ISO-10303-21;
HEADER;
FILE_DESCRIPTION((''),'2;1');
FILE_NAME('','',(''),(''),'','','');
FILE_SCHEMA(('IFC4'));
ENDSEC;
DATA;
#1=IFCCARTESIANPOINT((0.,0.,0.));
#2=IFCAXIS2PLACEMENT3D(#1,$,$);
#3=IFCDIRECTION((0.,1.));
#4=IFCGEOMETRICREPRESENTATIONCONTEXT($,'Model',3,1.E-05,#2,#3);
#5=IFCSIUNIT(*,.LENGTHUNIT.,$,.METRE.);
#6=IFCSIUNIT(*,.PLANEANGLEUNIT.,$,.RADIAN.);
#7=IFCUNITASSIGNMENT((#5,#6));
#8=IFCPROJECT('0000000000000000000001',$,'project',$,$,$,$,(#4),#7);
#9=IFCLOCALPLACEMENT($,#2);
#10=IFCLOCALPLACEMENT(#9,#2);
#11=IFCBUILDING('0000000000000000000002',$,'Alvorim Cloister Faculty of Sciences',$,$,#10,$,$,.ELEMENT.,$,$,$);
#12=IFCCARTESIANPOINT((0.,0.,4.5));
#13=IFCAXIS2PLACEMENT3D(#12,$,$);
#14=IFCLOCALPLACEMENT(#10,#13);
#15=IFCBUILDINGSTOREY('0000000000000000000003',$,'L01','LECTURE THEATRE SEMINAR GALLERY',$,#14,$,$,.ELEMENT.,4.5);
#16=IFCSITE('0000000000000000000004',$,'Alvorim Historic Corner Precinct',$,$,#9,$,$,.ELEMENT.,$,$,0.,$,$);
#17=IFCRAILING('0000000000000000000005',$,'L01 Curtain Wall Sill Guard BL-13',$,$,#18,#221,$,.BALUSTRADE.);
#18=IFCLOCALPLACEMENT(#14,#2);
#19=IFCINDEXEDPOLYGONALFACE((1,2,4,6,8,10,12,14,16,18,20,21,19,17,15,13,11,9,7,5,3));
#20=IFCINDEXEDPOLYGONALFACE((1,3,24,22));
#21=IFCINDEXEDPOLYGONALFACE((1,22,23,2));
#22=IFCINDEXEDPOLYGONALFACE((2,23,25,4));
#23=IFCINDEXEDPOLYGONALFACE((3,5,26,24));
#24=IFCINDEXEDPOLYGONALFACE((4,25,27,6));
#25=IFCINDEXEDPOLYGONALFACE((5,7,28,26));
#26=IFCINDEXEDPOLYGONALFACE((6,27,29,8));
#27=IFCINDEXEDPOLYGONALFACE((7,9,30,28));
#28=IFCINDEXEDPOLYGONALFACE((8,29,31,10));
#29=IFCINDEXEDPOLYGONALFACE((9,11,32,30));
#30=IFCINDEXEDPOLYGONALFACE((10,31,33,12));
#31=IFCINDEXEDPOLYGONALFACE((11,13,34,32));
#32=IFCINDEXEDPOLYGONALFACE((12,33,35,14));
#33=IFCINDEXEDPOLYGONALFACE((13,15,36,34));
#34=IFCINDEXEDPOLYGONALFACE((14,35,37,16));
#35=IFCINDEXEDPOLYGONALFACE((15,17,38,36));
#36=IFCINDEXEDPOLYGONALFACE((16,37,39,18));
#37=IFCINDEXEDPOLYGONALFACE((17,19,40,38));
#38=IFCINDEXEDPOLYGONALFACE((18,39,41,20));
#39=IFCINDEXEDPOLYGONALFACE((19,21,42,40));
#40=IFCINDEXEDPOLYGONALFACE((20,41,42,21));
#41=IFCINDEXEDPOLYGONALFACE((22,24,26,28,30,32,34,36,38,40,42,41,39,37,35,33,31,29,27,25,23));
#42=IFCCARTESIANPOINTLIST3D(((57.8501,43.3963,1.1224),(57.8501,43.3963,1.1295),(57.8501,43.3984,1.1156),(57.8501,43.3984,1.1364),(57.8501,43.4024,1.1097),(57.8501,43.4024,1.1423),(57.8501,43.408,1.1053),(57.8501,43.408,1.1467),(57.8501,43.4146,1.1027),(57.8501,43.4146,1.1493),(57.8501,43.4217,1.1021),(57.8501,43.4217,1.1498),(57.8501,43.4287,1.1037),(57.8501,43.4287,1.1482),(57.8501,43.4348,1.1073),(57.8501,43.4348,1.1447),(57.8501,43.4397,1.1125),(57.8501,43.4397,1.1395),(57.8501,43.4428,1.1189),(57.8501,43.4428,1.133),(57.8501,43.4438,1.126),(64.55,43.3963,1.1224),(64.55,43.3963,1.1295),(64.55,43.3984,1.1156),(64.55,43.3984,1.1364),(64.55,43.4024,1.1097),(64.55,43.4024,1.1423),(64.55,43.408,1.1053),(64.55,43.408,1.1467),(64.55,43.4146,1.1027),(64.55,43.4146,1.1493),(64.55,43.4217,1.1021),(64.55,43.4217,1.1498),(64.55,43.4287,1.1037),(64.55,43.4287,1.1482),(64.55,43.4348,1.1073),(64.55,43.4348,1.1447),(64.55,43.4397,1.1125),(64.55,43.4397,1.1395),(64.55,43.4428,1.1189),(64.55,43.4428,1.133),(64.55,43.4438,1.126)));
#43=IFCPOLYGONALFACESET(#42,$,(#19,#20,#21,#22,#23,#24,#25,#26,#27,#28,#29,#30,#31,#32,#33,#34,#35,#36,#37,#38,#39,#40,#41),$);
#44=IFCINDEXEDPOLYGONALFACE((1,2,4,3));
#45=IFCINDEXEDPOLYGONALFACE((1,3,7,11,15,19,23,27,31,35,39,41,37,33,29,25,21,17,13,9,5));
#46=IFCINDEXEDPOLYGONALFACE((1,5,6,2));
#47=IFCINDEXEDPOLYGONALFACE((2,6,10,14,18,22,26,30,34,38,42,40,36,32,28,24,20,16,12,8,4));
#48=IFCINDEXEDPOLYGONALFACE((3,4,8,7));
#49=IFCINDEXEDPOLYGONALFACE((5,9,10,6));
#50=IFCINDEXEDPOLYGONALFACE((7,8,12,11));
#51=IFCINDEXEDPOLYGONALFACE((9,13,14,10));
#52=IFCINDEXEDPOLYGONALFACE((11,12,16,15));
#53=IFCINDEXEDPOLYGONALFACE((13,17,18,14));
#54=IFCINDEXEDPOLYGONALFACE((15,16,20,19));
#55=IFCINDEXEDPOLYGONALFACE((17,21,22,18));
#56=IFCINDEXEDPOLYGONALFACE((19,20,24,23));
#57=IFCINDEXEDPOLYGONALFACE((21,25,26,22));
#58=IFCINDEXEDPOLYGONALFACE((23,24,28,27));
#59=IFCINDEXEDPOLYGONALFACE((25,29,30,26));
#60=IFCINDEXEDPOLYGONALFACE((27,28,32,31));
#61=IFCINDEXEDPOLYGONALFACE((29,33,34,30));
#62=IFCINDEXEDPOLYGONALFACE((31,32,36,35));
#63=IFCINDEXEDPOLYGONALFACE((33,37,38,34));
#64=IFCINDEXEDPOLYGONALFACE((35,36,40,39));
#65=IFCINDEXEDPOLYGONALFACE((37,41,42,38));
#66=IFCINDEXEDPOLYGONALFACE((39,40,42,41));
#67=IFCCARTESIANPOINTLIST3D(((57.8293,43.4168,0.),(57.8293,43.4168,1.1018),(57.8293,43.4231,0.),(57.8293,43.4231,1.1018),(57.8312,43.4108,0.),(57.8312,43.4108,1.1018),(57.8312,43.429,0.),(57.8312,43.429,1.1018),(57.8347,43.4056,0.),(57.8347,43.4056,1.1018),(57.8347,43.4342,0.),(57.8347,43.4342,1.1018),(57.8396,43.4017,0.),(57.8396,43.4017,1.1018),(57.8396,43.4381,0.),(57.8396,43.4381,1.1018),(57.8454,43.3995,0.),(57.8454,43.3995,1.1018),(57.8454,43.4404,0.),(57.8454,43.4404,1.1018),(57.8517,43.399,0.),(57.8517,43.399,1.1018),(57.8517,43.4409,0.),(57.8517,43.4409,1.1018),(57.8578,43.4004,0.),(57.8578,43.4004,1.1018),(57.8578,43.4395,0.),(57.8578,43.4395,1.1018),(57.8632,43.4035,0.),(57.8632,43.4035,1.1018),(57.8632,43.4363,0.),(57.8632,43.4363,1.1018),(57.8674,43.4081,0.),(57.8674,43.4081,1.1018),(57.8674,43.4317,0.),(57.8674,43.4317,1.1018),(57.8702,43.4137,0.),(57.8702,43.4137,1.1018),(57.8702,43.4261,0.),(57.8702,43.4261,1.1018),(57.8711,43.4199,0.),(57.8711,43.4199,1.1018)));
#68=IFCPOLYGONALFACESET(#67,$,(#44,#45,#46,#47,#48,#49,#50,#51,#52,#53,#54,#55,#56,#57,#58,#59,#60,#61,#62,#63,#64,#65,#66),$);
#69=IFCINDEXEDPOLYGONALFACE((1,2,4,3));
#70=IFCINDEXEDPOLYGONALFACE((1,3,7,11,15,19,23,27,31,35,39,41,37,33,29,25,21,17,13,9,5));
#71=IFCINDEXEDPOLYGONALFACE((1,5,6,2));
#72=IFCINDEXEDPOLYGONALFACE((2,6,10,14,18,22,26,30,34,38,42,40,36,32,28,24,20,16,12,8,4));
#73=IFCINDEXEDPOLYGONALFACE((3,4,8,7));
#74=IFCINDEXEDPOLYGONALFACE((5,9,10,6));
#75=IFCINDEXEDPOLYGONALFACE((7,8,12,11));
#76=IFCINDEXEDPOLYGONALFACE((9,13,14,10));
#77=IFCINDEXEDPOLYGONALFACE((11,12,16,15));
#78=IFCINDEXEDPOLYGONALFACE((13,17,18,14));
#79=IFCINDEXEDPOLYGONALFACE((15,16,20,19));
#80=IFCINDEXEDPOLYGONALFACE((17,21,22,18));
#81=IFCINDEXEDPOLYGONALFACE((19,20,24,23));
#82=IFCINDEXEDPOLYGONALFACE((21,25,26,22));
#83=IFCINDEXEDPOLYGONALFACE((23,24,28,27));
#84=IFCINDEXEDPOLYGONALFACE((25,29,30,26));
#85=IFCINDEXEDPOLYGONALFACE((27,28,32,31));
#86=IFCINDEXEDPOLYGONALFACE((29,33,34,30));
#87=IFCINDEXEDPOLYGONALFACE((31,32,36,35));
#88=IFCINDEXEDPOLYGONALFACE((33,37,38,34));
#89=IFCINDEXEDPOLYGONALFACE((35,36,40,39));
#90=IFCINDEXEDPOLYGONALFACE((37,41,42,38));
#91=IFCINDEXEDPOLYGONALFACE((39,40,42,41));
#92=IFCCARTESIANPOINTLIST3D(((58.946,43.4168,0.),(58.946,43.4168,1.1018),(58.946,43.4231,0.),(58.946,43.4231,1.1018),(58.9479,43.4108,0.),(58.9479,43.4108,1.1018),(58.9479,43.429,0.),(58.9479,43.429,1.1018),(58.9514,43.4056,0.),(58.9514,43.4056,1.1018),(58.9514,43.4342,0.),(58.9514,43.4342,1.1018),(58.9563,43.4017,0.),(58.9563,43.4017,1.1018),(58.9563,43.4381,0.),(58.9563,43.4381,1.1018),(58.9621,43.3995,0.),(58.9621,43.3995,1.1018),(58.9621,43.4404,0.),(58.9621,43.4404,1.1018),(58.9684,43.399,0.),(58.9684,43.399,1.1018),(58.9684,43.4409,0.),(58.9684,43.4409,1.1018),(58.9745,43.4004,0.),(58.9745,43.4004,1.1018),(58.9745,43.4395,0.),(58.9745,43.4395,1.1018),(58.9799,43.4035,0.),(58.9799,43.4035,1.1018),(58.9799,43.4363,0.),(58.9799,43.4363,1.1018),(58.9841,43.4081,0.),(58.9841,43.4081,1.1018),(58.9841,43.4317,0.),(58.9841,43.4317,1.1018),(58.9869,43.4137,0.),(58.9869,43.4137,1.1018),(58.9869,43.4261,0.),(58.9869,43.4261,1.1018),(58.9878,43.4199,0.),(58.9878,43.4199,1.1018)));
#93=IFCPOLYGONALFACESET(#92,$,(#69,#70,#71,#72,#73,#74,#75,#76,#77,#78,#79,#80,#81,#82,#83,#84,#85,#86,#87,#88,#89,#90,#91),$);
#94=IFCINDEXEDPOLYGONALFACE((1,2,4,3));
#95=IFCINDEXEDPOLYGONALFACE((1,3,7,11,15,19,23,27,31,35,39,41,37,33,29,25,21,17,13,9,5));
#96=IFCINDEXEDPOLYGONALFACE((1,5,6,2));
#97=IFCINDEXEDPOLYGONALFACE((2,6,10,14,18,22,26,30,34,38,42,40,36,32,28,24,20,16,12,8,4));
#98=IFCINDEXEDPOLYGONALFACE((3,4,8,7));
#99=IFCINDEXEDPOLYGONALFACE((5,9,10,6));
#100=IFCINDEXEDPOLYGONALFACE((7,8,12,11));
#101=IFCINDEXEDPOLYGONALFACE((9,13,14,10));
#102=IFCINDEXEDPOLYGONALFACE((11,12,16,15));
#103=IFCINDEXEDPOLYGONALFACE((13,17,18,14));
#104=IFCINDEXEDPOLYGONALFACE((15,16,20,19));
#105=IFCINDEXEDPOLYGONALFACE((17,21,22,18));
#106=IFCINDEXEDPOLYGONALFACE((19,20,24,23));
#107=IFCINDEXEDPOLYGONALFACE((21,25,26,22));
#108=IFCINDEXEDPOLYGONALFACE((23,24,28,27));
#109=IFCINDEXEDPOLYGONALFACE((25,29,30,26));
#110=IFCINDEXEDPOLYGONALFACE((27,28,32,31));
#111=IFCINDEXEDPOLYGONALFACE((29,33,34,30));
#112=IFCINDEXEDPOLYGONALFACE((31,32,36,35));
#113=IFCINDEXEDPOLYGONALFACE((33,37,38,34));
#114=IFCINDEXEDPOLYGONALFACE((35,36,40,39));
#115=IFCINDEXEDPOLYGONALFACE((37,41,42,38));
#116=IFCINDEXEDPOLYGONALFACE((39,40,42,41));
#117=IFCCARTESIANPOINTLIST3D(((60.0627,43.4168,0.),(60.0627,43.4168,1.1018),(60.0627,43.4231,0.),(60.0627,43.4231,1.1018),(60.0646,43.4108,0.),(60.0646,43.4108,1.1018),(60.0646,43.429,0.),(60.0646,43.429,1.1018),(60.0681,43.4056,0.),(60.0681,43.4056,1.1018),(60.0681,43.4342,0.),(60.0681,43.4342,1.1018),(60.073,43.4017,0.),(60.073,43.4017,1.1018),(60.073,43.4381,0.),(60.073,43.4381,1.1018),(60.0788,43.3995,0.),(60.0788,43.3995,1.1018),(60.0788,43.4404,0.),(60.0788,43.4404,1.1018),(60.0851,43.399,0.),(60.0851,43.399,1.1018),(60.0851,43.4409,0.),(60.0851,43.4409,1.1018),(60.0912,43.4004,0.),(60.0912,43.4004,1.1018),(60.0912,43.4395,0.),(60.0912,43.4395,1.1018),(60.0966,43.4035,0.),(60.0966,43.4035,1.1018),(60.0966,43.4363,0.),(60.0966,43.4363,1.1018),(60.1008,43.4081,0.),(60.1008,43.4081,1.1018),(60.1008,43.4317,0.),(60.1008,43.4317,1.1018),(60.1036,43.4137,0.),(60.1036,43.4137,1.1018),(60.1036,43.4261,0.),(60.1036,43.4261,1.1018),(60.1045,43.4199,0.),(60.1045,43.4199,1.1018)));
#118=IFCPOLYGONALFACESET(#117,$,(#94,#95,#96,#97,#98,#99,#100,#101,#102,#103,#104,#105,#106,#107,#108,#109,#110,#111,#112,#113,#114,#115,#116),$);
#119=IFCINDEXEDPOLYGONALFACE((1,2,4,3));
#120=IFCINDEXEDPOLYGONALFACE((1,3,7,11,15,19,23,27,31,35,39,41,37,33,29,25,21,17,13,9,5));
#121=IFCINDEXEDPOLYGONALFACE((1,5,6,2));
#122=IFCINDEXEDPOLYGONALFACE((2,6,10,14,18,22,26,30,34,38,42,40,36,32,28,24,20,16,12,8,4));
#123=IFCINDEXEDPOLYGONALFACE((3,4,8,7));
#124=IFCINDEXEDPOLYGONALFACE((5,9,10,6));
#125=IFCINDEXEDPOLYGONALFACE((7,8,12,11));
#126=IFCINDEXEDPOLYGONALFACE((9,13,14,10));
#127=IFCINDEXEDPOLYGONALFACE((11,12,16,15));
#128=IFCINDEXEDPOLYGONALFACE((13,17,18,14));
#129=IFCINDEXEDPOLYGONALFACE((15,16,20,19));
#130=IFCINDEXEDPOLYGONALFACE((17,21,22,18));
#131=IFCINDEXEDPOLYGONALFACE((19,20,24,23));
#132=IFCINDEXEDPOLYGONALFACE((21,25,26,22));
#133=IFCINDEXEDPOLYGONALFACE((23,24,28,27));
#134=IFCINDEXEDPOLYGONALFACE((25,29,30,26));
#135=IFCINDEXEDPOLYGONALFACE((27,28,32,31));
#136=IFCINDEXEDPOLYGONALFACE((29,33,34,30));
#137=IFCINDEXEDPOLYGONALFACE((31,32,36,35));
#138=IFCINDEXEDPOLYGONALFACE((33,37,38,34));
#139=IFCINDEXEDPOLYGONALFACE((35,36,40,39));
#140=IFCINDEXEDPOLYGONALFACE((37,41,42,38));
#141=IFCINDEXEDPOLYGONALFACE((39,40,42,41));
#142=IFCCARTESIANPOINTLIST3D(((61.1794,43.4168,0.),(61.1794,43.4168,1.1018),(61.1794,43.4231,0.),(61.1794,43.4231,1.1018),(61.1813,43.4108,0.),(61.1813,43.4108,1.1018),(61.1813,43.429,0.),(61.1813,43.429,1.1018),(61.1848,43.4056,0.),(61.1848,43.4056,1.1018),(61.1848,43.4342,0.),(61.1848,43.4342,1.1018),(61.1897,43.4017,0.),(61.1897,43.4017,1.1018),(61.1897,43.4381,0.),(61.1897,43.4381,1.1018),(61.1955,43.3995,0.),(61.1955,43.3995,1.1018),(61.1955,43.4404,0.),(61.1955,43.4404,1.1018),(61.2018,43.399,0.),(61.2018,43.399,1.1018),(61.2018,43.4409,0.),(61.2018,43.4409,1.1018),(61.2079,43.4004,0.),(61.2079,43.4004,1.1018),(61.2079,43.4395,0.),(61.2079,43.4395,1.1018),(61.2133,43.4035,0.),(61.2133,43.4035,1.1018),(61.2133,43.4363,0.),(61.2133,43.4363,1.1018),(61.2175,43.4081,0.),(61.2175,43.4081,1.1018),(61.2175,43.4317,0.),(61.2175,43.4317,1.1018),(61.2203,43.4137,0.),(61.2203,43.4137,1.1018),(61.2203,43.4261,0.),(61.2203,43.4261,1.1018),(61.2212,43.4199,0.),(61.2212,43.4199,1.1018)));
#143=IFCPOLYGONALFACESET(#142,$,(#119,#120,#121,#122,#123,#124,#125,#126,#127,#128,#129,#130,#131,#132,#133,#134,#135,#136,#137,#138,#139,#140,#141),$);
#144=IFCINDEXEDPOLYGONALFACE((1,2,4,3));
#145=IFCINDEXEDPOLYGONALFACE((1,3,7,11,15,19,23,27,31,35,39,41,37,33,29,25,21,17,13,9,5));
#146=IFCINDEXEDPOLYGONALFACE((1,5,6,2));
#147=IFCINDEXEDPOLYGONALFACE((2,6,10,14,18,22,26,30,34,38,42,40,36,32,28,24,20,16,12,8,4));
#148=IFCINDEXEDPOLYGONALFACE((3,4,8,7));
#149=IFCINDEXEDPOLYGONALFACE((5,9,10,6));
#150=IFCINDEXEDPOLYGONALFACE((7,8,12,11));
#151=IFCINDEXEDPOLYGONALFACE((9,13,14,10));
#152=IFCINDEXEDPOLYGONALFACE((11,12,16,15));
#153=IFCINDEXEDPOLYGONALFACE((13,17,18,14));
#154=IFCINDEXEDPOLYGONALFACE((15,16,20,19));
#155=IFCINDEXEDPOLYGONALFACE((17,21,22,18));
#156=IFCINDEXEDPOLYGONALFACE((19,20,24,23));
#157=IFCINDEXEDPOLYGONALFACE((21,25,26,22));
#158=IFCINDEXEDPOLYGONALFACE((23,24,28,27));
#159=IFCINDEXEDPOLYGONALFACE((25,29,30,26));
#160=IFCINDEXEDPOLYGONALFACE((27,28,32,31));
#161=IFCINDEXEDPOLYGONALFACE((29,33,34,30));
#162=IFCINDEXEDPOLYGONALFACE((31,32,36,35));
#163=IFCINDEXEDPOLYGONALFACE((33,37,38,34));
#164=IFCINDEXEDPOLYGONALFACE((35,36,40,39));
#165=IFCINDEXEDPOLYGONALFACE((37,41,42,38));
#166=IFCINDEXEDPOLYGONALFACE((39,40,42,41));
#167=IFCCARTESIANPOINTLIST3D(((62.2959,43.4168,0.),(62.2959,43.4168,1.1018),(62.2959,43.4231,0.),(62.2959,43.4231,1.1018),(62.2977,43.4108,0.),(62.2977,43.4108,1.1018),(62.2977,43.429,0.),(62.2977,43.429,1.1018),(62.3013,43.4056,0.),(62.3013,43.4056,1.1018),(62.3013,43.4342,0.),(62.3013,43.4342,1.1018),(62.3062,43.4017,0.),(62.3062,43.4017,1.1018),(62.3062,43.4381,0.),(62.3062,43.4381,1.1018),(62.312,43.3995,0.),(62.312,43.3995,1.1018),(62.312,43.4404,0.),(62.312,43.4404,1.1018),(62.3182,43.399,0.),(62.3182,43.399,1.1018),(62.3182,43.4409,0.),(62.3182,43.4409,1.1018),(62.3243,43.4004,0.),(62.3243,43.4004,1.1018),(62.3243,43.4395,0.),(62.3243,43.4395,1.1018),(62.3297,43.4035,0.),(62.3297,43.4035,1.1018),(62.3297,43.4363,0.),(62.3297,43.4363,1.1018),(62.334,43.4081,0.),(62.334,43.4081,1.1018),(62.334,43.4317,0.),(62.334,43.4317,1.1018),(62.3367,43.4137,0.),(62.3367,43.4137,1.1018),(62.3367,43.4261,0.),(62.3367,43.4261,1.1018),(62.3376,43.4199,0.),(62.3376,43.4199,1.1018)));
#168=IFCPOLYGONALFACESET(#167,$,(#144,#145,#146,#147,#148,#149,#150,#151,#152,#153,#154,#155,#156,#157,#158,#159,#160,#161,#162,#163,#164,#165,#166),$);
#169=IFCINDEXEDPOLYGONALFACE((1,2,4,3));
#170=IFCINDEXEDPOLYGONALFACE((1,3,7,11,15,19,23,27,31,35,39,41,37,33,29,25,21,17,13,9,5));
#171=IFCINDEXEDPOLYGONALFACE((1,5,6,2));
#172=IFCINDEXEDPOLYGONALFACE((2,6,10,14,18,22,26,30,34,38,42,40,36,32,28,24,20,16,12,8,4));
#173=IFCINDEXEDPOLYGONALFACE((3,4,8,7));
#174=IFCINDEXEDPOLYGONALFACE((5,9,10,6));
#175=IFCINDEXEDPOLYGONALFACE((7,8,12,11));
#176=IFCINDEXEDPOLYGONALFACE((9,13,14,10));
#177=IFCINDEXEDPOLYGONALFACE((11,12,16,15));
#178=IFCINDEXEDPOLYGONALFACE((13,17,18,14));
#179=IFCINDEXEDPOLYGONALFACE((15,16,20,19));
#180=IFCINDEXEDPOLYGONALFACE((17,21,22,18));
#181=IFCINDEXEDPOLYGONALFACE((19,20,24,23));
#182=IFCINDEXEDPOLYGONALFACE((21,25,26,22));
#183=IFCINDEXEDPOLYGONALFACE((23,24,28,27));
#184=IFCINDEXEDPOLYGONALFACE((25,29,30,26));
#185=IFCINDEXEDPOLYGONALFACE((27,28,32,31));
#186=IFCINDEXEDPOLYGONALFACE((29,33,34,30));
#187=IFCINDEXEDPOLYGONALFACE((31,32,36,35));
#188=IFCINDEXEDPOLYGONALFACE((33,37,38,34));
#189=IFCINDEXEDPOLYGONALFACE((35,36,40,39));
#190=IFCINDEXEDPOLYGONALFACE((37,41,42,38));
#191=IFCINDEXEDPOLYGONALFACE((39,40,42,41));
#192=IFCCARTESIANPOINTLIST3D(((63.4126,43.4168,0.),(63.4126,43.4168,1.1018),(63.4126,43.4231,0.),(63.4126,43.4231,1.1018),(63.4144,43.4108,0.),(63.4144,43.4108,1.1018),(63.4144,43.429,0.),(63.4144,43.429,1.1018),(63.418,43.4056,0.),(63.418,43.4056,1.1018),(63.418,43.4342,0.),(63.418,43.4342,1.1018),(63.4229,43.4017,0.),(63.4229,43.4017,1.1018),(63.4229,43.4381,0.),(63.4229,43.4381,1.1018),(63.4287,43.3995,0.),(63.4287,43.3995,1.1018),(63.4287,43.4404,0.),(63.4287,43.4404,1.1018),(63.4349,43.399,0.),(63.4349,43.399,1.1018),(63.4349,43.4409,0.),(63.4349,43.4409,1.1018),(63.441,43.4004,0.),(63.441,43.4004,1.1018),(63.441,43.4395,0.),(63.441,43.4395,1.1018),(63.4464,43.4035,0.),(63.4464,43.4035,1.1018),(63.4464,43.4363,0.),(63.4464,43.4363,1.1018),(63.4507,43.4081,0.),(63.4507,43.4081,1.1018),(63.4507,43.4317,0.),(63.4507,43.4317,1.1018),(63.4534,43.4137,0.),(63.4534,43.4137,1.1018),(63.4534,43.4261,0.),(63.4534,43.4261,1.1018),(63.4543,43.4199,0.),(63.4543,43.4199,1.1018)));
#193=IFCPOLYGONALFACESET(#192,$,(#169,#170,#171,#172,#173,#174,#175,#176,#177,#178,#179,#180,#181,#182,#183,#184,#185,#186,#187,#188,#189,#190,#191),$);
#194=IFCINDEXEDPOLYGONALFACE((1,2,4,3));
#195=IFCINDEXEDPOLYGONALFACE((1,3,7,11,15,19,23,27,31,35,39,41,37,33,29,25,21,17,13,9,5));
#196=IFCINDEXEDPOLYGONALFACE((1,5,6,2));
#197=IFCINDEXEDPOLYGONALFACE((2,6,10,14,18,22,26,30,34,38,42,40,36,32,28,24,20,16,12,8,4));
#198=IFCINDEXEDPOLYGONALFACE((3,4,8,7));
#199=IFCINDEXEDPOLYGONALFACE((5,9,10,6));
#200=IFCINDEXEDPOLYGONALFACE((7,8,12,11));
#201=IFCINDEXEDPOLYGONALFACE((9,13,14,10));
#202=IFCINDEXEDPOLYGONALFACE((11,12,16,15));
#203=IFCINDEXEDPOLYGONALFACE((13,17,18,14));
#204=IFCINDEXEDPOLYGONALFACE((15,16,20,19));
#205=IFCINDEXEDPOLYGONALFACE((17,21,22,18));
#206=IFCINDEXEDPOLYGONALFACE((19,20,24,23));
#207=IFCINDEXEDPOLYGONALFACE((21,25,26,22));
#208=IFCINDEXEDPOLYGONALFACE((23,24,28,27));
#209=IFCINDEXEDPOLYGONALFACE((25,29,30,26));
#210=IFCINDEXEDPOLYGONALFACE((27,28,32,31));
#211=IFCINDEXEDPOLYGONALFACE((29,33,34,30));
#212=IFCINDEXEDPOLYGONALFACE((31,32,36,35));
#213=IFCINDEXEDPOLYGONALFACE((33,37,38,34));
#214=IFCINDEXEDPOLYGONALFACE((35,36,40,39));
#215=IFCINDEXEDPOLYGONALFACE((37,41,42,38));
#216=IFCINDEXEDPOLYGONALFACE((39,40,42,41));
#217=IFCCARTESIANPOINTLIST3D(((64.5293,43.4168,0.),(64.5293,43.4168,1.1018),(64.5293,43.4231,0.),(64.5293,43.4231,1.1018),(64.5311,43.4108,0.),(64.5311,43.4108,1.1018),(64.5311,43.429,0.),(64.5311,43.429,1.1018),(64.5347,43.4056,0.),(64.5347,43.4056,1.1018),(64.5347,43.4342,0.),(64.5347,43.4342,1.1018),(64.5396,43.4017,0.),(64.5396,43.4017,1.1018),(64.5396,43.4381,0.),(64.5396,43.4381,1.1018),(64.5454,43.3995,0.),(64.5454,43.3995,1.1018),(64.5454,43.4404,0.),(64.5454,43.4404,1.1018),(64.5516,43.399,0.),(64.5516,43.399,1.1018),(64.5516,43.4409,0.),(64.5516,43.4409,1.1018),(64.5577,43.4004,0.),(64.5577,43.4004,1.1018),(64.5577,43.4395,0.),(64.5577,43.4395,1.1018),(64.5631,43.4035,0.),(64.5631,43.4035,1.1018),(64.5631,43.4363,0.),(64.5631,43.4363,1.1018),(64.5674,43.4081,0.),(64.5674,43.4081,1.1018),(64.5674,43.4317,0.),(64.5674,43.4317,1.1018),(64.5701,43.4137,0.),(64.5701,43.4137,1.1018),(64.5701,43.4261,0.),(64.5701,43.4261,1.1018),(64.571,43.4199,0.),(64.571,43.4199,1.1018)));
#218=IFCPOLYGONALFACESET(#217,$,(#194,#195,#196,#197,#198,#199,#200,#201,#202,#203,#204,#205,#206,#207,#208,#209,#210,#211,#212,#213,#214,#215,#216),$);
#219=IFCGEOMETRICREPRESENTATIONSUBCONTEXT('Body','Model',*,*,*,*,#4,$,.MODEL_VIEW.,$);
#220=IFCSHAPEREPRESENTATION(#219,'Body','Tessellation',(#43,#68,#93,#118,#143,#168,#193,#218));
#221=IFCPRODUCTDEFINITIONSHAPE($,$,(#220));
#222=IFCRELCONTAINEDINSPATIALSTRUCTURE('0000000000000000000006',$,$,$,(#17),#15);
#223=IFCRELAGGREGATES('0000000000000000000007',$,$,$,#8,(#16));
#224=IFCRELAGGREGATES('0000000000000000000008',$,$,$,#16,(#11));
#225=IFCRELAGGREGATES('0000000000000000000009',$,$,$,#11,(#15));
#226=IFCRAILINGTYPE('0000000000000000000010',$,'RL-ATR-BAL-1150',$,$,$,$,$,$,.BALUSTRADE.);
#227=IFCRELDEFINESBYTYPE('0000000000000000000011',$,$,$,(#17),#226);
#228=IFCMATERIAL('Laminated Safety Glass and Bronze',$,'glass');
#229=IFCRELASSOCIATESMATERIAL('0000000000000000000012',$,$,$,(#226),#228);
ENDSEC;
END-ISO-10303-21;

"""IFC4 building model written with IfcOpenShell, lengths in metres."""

from ifc_helpers import new_model, si_unit, direction, frame, origin, origin_2d, place, context, subcontext, project, spatial, circle, extrude, material, type_object, element, save


model = new_model("IFC4")

# Units and contexts
model_context = context("Model", 3, precision=1e-05, world=origin(), true_north=direction((0.0, 1.0)))
body_context = subcontext(model_context, "Body", "Model", "MODEL_VIEW")
ifc_project = project(units=[si_unit("LENGTHUNIT", "METRE"), si_unit("PLANEANGLEUNIT", "RADIAN")], contexts=[model_context])

# Site, building, storey
site_placement = place(None, origin())
site = spatial("IfcSite", under=ifc_project, at=site_placement, Name="Alvorim Historic Corner Precinct", CompositionType="ELEMENT", RefElevation=0.0)
building_placement = place(site_placement, origin())
building = spatial("IfcBuilding", under=site, at=building_placement, Name="Alvorim Cloister Faculty of Sciences", CompositionType="ELEMENT")
storey_placement = place(building_placement, frame((0.0, 0.0, 4.5)))
storey = spatial("IfcBuildingStorey", under=building, at=storey_placement, Name="L01", Description="LECTURE THEATRE SEMINAR GALLERY", CompositionType="ELEMENT", Elevation=4.5)

# Railing
ifc_material_1 = material(Name="Laminated Safety Glass and Bronze", Category="glass")
railing_type = type_object("IfcRailingType", Name="RL-ATR-BAL-1150", PredefinedType="BALUSTRADE", material=ifc_material_1)
for number, where, name in (
    (1, (57.8501, 43.4199, 0.0), "L01 Curtain Wall Sill Guard BL-13"),
):
    element("IfcRailing", number, at=place(storey_placement, frame(where)), inside=storey, type_object=railing_type, Name=name, PredefinedType="BALUSTRADE", context=body_context, shape_type="SweptSolid", body=[
        extrude(circle(Radius=0.0239, at=origin_2d()), frame((0.0, 0.0, 1.126), z_axis=(1.0, 0.0, 0.0), x_axis=(0.0, 1.0, 0.0)), (0.0, 0.0, 1.0), 6.7),
        extrude(circle(Radius=0.021, at=origin_2d()), origin(), (0.0, 0.0, 1.0), 1.1018),
        extrude(circle(Radius=0.021, at=origin_2d()), frame((1.1167, 0.0, 0.0)), (0.0, 0.0, 1.0), 1.1018),
        extrude(circle(Radius=0.021, at=origin_2d()), frame((2.2334, 0.0, 0.0)), (0.0, 0.0, 1.0), 1.1018),
        extrude(circle(Radius=0.021, at=origin_2d()), frame((3.3501, 0.0, 0.0)), (0.0, 0.0, 1.0), 1.1018),
        extrude(circle(Radius=0.021, at=origin_2d()), frame((4.4666, 0.0, 0.0)), (0.0, 0.0, 1.0), 1.1018),
        extrude(circle(Radius=0.021, at=origin_2d()), frame((5.5833, 0.0, 0.0)), (0.0, 0.0, 1.0), 1.1018),
        extrude(circle(Radius=0.021, at=origin_2d()), frame((6.7, 0.0, 0.0)), (0.0, 0.0, 1.0), 1.1018),
    ])

save(model, "model.ifc")
